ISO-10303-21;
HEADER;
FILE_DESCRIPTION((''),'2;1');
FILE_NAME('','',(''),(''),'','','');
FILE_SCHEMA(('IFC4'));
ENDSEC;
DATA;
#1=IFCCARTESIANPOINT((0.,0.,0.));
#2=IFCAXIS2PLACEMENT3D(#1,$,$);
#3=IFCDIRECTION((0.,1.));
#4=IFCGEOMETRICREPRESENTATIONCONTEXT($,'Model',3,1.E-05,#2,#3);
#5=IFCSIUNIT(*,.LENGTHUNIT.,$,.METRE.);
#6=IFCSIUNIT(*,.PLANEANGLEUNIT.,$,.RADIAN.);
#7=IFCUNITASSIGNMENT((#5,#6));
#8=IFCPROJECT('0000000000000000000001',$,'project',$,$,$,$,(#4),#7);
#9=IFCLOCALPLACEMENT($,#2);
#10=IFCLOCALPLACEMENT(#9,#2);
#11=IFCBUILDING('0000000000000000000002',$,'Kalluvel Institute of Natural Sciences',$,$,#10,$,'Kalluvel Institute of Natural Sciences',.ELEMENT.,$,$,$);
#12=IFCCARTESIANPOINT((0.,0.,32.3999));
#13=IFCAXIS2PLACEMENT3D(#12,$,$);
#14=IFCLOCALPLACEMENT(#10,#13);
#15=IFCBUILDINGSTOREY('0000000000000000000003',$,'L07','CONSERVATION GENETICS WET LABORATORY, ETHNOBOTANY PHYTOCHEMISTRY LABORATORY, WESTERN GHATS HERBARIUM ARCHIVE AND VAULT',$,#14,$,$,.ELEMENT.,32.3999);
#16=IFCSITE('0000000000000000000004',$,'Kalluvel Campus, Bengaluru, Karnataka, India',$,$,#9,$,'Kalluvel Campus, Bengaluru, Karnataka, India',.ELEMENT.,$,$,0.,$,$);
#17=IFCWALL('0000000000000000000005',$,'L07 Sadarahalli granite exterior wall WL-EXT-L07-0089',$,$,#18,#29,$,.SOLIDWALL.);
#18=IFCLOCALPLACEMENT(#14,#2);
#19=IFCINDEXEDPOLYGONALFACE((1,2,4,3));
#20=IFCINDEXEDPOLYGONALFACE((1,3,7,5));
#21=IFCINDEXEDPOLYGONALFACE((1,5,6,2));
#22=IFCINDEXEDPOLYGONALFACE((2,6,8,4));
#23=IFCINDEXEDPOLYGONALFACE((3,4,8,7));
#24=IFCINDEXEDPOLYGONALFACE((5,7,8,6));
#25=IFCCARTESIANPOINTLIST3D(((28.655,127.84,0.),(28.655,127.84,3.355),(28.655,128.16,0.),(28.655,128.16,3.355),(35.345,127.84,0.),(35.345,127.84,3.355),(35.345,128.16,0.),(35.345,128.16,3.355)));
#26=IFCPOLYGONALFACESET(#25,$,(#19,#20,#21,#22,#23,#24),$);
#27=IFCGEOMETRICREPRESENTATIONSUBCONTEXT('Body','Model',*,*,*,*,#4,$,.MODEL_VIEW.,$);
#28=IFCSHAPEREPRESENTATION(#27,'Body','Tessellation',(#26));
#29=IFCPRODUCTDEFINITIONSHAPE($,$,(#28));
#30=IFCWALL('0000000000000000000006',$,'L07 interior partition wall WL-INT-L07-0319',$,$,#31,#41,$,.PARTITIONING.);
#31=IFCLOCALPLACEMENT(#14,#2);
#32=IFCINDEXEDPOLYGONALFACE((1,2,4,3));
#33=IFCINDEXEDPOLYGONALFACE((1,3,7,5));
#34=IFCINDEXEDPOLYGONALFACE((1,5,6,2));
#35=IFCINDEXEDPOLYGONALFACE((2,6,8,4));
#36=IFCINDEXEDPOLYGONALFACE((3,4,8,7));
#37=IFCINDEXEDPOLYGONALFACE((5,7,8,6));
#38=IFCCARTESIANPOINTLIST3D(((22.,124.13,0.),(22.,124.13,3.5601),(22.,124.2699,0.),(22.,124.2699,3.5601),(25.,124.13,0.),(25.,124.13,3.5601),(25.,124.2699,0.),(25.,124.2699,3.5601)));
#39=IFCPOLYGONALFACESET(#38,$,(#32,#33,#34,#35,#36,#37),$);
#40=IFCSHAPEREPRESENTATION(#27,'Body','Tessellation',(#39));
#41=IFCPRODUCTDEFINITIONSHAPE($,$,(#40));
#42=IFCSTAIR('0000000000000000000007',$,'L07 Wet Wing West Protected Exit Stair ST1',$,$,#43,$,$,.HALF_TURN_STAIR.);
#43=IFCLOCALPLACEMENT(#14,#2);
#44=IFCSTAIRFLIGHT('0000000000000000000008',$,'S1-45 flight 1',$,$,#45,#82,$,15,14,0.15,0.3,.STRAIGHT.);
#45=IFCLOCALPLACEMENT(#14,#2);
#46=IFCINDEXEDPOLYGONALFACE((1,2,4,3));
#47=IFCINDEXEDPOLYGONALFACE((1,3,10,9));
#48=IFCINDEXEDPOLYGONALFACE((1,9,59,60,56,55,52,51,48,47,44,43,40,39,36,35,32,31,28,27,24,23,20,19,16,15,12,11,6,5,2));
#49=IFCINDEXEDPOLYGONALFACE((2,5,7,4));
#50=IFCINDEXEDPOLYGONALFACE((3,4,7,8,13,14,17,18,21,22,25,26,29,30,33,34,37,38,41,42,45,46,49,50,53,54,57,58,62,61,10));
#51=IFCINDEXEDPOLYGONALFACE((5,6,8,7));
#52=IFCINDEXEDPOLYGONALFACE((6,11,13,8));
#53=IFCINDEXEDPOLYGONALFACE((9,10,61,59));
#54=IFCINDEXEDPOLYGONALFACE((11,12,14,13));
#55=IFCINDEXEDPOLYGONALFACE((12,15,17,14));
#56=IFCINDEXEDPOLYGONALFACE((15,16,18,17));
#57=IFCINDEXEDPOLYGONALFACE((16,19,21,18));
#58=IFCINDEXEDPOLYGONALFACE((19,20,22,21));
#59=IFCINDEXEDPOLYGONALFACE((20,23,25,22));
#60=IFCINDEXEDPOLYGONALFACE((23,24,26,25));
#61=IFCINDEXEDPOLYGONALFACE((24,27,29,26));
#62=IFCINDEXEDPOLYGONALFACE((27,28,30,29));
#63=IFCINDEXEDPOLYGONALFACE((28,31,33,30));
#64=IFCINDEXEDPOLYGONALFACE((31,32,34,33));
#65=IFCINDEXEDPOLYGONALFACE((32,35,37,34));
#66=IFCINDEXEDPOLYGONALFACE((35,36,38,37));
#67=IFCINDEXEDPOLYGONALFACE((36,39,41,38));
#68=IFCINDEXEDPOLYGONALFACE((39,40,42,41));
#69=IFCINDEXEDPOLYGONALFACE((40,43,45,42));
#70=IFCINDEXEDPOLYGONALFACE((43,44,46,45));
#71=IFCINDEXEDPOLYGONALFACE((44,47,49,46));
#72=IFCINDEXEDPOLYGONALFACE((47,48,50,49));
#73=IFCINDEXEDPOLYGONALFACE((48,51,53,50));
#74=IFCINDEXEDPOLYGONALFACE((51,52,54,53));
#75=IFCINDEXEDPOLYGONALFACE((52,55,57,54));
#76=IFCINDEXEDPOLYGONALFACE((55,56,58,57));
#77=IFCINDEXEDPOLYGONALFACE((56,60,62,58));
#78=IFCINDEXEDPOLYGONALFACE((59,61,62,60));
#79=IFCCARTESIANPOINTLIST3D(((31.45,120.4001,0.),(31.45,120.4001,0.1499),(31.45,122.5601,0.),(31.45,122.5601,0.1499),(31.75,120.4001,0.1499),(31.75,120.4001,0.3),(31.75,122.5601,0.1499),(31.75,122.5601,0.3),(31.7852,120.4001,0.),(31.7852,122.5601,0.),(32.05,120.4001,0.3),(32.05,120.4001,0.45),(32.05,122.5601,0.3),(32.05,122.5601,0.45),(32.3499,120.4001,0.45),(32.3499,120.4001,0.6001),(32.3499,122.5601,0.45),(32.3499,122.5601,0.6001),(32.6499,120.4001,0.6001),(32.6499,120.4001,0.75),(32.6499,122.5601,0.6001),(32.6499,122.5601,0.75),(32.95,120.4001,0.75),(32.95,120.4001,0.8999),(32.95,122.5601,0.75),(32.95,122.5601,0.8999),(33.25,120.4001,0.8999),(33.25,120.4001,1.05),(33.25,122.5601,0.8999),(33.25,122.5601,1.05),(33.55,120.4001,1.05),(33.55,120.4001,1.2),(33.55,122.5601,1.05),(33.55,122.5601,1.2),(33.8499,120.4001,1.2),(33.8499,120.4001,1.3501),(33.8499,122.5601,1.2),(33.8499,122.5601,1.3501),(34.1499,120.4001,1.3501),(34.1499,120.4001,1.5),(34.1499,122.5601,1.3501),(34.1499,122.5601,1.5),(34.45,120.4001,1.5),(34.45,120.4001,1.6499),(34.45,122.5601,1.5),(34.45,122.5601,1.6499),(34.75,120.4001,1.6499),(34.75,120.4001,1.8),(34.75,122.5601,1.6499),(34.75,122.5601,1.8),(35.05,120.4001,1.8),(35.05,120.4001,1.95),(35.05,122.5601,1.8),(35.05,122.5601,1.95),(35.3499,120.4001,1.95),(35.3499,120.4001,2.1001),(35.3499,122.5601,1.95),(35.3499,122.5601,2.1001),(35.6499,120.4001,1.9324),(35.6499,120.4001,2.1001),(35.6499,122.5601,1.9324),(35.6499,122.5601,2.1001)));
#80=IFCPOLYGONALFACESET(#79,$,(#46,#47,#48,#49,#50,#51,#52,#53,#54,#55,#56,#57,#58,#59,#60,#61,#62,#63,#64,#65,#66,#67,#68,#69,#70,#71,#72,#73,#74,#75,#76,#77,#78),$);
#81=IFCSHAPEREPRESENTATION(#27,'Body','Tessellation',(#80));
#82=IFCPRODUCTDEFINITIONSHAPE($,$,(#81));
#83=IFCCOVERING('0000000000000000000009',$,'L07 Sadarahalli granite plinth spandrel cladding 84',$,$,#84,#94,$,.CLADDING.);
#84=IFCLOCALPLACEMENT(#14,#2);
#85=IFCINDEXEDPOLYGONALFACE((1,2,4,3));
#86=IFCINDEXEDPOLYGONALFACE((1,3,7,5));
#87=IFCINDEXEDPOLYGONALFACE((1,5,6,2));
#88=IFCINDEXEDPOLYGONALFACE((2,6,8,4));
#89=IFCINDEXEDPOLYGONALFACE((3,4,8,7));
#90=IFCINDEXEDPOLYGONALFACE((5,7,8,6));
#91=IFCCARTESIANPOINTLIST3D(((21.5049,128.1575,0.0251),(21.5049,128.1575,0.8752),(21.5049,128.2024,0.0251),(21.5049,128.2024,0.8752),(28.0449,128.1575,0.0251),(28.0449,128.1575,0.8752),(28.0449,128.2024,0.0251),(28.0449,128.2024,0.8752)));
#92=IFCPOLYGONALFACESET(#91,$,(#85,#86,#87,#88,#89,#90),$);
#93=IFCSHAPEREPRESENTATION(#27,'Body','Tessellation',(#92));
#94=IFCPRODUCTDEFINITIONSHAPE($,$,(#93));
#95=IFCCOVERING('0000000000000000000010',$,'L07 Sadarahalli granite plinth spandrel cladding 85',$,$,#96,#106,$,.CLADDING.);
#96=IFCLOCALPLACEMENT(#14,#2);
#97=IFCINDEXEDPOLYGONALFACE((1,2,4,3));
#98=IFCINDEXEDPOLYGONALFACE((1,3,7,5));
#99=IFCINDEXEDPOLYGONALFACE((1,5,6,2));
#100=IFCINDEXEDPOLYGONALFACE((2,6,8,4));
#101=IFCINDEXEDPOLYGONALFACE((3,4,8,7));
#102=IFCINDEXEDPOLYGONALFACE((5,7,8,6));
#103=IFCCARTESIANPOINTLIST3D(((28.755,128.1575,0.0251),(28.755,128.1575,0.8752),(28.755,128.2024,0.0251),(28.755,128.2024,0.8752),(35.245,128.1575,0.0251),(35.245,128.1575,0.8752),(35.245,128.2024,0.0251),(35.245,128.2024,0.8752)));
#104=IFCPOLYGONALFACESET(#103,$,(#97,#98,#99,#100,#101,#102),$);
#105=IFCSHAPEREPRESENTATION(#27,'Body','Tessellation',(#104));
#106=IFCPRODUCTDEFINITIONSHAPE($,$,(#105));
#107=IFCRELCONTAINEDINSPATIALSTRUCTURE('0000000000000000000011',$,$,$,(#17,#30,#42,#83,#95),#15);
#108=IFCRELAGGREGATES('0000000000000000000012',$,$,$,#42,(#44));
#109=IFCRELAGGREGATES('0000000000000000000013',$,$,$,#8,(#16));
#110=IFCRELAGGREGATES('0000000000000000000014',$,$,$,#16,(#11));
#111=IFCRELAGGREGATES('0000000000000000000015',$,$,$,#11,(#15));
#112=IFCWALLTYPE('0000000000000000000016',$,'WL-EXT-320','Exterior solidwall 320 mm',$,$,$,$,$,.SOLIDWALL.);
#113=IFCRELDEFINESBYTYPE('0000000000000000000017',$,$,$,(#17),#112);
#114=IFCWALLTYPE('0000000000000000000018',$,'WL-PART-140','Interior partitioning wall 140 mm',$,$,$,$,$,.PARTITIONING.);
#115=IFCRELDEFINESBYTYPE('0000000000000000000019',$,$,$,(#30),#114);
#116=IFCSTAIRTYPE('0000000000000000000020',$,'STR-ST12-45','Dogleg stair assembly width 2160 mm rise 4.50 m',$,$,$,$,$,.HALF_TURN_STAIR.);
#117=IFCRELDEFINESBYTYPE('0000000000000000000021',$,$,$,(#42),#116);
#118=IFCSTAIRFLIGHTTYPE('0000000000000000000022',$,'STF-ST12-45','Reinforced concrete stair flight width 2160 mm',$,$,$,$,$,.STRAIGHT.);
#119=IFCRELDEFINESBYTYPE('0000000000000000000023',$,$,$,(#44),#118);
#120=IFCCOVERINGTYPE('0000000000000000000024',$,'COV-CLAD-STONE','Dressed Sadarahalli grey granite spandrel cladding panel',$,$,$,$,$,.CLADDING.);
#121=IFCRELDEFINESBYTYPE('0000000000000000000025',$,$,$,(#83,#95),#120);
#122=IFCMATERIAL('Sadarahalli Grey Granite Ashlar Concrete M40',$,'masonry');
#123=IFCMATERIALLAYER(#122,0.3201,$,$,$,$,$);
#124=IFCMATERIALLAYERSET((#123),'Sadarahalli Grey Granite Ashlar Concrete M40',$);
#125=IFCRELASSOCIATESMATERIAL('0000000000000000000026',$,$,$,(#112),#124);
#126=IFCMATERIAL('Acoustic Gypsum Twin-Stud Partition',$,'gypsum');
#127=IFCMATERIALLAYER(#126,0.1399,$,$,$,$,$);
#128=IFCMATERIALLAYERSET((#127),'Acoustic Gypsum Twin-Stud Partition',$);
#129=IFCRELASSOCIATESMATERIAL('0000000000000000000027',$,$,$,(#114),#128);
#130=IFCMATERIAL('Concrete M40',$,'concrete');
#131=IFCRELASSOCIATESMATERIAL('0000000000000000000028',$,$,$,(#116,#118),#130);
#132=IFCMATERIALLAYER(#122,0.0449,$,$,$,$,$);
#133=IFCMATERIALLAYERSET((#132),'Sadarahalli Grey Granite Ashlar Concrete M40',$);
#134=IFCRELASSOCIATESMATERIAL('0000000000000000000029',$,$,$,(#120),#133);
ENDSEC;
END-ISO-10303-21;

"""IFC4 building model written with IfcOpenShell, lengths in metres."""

from ifc_helpers import new_model, si_unit, direction, frame, frame_2d, origin, origin_2d, place, context, subcontext, project, spatial, polyline, rectangle, outline, extrude, material, layer, layer_set, type_object, element, aggregate, save


model = new_model("IFC4")

# Units and contexts
model_context = context("Model", 3, precision=1e-05, world=origin(), true_north=direction((0.0, 1.0)))
body_context = subcontext(model_context, "Body", "Model", "MODEL_VIEW")
ifc_project = project(units=[si_unit("LENGTHUNIT", "METRE"), si_unit("PLANEANGLEUNIT", "RADIAN")], contexts=[model_context])

# Site, building, storey
site_placement = place(None, origin())
site = spatial("IfcSite", under=ifc_project, at=site_placement, Name="Kalluvel Campus, Bengaluru, Karnataka, India", LongName="Kalluvel Campus, Bengaluru, Karnataka, India", CompositionType="ELEMENT", RefElevation=0.0)
building_placement = place(site_placement, origin())
building = spatial("IfcBuilding", under=site, at=building_placement, Name="Kalluvel Institute of Natural Sciences", LongName="Kalluvel Institute of Natural Sciences", CompositionType="ELEMENT")
storey_placement = place(building_placement, frame((0.0, 0.0, 32.3999)))
storey = spatial("IfcBuildingStorey", under=building, at=storey_placement, Name="L07", Description="CONSERVATION GENETICS WET LABORATORY, ETHNOBOTANY PHYTOCHEMISTRY LABORATORY, WESTERN GHATS HERBARIUM ARCHIVE AND VAULT", CompositionType="ELEMENT", Elevation=32.3999)

# Shared definitions
ifc_material_1 = material(Name="Concrete M40", Category="concrete")

# Walls
ifc_material_2 = material(Name="Sadarahalli Grey Granite Ashlar Concrete M40", Category="masonry")
ifc_layer_1 = layer(ifc_material_2, 0.3201)
ifc_layer_set_1 = layer_set([ifc_layer_1], Name="Sadarahalli Grey Granite Ashlar Concrete M40")
wall_type_1 = type_object("IfcWallType", Name="WL-EXT-320", Description="Exterior solidwall 320 mm", PredefinedType="SOLIDWALL", material=ifc_layer_set_1)
wall_1_placement = place(storey_placement, frame((28.655, 128.0, 0.0), z_axis=(0.0, 0.0, 1.0), x_axis=(1.0, 0.0, 0.0)))
element("IfcWall", 1, at=wall_1_placement, inside=storey, type_object=wall_type_1, Name="L07 Sadarahalli granite exterior wall WL-EXT-L07-0089", PredefinedType="SOLIDWALL", context=body_context, shape_type="SweptSolid", body=[
    extrude(rectangle(XDim=6.6899, YDim=0.3201, at=frame_2d((3.345, 0.0))), origin(), (0.0, 0.0, 1.0), 3.355),
])
ifc_material_3 = material(Name="Acoustic Gypsum Twin-Stud Partition", Category="gypsum")
ifc_layer_2 = layer(ifc_material_3, 0.1399)
ifc_layer_set_2 = layer_set([ifc_layer_2], Name="Acoustic Gypsum Twin-Stud Partition")
wall_type_2 = type_object("IfcWallType", Name="WL-PART-140", Description="Interior partitioning wall 140 mm", PredefinedType="PARTITIONING", material=ifc_layer_set_2)
wall_2_placement = place(storey_placement, frame((22.0, 124.2, 0.0), z_axis=(0.0, 0.0, 1.0), x_axis=(1.0, 0.0, 0.0)))
element("IfcWall", 2, at=wall_2_placement, inside=storey, type_object=wall_type_2, Name="L07 interior partition wall WL-INT-L07-0319", PredefinedType="PARTITIONING", context=body_context, shape_type="SweptSolid", body=[
    extrude(rectangle(XDim=3.0, YDim=0.1399, at=frame_2d((1.5, 0.0))), origin(), (0.0, 0.0, 1.0), 3.5601),
])

# Stair, stair flight
stair_type = type_object("IfcStairType", Name="STR-ST12-45", Description="Dogleg stair assembly width 2160 mm rise 4.50 m", PredefinedType="HALF_TURN_STAIR", material=ifc_material_1)
stair_placement = place(storey_placement, origin())
stair = element("IfcStair", 3, at=stair_placement, inside=storey, type_object=stair_type, Name="L07 Wet Wing West Protected Exit Stair ST1", PredefinedType="HALF_TURN_STAIR")
stair_flight_type = type_object("IfcStairFlightType", Name="STF-ST12-45", Description="Reinforced concrete stair flight width 2160 mm", PredefinedType="STRAIGHT", material=ifc_material_1)
stair_flight_placement = place(storey_placement, frame((31.45, 121.48, 0.0), z_axis=(0.0, 0.0, 1.0), x_axis=(1.0, 0.0, 0.0)))
stair_flight = element("IfcStairFlight", 4, at=stair_flight_placement, type_object=stair_flight_type, Name="S1-45 flight 1", NumberOfRisers=15, NumberOfTreads=14, PredefinedType="STRAIGHT", RiserHeight=0.15, TreadLength=0.3, context=body_context, shape_type="SweptSolid", body=[
    extrude(outline(polyline([(0.0, 0.0), (0.0, 0.1499), (0.3, 0.1499), (0.3, 0.3), (0.6001, 0.3), (0.6001, 0.45), (0.8999, 0.45), (0.8999, 0.6001), (1.2, 0.6001), (1.2, 0.75), (1.5, 0.75), (1.5, 0.8999), (1.8, 0.8999), (1.8, 1.05), (2.1001, 1.05), (2.1001, 1.2), (2.3999, 1.2), (2.3999, 1.3501), (2.7, 1.3501), (2.7, 1.5), (3.0, 1.5), (3.0, 1.6499), (3.3, 1.6499), (3.3, 1.8), (3.6001, 1.8), (3.6001, 1.95), (3.8999, 1.95), (3.8999, 2.1001), (4.2, 2.1001), (4.2, 2.25), (4.2, 1.9324), (0.3352, 0.0), (0.0, 0.0)])), frame((0.0, 1.0801, 0.0), z_axis=(0.0, -1.0, 0.0), x_axis=(1.0, 0.0, 0.0)), (0.0, 0.0, 1.0), 2.1599),
])
aggregate(stair, [stair_flight])

# Coverings
ifc_layer_3 = layer(ifc_material_2, 0.0449)
ifc_layer_set_3 = layer_set([ifc_layer_3], Name="Sadarahalli Grey Granite Ashlar Concrete M40")
covering_type = type_object("IfcCoveringType", Name="COV-CLAD-STONE", Description="Dressed Sadarahalli grey granite spandrel cladding panel", PredefinedType="CLADDING", material=ifc_layer_set_3)
covering_1_placement = place(storey_placement, frame((24.7749, 128.1799, 0.0251), z_axis=(0.0, 0.0, 1.0), x_axis=(1.0, 0.0, 0.0)))
element("IfcCovering", 5, at=covering_1_placement, inside=storey, type_object=covering_type, Name="L07 Sadarahalli granite plinth spandrel cladding 84", PredefinedType="CLADDING", context=body_context, shape_type="SweptSolid", body=[
    extrude(rectangle(XDim=6.54, YDim=0.0449, at=origin_2d()), origin(), (0.0, 0.0, 1.0), 0.8501),
])
covering_2_placement = place(storey_placement, frame((32.0, 128.1799, 0.0251), z_axis=(0.0, 0.0, 1.0), x_axis=(1.0, 0.0, 0.0)))
element("IfcCovering", 6, at=covering_2_placement, inside=storey, type_object=covering_type, Name="L07 Sadarahalli granite plinth spandrel cladding 85", PredefinedType="CLADDING", context=body_context, shape_type="SweptSolid", body=[
    extrude(rectangle(XDim=6.49, YDim=0.0449, at=origin_2d()), origin(), (0.0, 0.0, 1.0), 0.8501),
])

save(model, "model.ifc")
